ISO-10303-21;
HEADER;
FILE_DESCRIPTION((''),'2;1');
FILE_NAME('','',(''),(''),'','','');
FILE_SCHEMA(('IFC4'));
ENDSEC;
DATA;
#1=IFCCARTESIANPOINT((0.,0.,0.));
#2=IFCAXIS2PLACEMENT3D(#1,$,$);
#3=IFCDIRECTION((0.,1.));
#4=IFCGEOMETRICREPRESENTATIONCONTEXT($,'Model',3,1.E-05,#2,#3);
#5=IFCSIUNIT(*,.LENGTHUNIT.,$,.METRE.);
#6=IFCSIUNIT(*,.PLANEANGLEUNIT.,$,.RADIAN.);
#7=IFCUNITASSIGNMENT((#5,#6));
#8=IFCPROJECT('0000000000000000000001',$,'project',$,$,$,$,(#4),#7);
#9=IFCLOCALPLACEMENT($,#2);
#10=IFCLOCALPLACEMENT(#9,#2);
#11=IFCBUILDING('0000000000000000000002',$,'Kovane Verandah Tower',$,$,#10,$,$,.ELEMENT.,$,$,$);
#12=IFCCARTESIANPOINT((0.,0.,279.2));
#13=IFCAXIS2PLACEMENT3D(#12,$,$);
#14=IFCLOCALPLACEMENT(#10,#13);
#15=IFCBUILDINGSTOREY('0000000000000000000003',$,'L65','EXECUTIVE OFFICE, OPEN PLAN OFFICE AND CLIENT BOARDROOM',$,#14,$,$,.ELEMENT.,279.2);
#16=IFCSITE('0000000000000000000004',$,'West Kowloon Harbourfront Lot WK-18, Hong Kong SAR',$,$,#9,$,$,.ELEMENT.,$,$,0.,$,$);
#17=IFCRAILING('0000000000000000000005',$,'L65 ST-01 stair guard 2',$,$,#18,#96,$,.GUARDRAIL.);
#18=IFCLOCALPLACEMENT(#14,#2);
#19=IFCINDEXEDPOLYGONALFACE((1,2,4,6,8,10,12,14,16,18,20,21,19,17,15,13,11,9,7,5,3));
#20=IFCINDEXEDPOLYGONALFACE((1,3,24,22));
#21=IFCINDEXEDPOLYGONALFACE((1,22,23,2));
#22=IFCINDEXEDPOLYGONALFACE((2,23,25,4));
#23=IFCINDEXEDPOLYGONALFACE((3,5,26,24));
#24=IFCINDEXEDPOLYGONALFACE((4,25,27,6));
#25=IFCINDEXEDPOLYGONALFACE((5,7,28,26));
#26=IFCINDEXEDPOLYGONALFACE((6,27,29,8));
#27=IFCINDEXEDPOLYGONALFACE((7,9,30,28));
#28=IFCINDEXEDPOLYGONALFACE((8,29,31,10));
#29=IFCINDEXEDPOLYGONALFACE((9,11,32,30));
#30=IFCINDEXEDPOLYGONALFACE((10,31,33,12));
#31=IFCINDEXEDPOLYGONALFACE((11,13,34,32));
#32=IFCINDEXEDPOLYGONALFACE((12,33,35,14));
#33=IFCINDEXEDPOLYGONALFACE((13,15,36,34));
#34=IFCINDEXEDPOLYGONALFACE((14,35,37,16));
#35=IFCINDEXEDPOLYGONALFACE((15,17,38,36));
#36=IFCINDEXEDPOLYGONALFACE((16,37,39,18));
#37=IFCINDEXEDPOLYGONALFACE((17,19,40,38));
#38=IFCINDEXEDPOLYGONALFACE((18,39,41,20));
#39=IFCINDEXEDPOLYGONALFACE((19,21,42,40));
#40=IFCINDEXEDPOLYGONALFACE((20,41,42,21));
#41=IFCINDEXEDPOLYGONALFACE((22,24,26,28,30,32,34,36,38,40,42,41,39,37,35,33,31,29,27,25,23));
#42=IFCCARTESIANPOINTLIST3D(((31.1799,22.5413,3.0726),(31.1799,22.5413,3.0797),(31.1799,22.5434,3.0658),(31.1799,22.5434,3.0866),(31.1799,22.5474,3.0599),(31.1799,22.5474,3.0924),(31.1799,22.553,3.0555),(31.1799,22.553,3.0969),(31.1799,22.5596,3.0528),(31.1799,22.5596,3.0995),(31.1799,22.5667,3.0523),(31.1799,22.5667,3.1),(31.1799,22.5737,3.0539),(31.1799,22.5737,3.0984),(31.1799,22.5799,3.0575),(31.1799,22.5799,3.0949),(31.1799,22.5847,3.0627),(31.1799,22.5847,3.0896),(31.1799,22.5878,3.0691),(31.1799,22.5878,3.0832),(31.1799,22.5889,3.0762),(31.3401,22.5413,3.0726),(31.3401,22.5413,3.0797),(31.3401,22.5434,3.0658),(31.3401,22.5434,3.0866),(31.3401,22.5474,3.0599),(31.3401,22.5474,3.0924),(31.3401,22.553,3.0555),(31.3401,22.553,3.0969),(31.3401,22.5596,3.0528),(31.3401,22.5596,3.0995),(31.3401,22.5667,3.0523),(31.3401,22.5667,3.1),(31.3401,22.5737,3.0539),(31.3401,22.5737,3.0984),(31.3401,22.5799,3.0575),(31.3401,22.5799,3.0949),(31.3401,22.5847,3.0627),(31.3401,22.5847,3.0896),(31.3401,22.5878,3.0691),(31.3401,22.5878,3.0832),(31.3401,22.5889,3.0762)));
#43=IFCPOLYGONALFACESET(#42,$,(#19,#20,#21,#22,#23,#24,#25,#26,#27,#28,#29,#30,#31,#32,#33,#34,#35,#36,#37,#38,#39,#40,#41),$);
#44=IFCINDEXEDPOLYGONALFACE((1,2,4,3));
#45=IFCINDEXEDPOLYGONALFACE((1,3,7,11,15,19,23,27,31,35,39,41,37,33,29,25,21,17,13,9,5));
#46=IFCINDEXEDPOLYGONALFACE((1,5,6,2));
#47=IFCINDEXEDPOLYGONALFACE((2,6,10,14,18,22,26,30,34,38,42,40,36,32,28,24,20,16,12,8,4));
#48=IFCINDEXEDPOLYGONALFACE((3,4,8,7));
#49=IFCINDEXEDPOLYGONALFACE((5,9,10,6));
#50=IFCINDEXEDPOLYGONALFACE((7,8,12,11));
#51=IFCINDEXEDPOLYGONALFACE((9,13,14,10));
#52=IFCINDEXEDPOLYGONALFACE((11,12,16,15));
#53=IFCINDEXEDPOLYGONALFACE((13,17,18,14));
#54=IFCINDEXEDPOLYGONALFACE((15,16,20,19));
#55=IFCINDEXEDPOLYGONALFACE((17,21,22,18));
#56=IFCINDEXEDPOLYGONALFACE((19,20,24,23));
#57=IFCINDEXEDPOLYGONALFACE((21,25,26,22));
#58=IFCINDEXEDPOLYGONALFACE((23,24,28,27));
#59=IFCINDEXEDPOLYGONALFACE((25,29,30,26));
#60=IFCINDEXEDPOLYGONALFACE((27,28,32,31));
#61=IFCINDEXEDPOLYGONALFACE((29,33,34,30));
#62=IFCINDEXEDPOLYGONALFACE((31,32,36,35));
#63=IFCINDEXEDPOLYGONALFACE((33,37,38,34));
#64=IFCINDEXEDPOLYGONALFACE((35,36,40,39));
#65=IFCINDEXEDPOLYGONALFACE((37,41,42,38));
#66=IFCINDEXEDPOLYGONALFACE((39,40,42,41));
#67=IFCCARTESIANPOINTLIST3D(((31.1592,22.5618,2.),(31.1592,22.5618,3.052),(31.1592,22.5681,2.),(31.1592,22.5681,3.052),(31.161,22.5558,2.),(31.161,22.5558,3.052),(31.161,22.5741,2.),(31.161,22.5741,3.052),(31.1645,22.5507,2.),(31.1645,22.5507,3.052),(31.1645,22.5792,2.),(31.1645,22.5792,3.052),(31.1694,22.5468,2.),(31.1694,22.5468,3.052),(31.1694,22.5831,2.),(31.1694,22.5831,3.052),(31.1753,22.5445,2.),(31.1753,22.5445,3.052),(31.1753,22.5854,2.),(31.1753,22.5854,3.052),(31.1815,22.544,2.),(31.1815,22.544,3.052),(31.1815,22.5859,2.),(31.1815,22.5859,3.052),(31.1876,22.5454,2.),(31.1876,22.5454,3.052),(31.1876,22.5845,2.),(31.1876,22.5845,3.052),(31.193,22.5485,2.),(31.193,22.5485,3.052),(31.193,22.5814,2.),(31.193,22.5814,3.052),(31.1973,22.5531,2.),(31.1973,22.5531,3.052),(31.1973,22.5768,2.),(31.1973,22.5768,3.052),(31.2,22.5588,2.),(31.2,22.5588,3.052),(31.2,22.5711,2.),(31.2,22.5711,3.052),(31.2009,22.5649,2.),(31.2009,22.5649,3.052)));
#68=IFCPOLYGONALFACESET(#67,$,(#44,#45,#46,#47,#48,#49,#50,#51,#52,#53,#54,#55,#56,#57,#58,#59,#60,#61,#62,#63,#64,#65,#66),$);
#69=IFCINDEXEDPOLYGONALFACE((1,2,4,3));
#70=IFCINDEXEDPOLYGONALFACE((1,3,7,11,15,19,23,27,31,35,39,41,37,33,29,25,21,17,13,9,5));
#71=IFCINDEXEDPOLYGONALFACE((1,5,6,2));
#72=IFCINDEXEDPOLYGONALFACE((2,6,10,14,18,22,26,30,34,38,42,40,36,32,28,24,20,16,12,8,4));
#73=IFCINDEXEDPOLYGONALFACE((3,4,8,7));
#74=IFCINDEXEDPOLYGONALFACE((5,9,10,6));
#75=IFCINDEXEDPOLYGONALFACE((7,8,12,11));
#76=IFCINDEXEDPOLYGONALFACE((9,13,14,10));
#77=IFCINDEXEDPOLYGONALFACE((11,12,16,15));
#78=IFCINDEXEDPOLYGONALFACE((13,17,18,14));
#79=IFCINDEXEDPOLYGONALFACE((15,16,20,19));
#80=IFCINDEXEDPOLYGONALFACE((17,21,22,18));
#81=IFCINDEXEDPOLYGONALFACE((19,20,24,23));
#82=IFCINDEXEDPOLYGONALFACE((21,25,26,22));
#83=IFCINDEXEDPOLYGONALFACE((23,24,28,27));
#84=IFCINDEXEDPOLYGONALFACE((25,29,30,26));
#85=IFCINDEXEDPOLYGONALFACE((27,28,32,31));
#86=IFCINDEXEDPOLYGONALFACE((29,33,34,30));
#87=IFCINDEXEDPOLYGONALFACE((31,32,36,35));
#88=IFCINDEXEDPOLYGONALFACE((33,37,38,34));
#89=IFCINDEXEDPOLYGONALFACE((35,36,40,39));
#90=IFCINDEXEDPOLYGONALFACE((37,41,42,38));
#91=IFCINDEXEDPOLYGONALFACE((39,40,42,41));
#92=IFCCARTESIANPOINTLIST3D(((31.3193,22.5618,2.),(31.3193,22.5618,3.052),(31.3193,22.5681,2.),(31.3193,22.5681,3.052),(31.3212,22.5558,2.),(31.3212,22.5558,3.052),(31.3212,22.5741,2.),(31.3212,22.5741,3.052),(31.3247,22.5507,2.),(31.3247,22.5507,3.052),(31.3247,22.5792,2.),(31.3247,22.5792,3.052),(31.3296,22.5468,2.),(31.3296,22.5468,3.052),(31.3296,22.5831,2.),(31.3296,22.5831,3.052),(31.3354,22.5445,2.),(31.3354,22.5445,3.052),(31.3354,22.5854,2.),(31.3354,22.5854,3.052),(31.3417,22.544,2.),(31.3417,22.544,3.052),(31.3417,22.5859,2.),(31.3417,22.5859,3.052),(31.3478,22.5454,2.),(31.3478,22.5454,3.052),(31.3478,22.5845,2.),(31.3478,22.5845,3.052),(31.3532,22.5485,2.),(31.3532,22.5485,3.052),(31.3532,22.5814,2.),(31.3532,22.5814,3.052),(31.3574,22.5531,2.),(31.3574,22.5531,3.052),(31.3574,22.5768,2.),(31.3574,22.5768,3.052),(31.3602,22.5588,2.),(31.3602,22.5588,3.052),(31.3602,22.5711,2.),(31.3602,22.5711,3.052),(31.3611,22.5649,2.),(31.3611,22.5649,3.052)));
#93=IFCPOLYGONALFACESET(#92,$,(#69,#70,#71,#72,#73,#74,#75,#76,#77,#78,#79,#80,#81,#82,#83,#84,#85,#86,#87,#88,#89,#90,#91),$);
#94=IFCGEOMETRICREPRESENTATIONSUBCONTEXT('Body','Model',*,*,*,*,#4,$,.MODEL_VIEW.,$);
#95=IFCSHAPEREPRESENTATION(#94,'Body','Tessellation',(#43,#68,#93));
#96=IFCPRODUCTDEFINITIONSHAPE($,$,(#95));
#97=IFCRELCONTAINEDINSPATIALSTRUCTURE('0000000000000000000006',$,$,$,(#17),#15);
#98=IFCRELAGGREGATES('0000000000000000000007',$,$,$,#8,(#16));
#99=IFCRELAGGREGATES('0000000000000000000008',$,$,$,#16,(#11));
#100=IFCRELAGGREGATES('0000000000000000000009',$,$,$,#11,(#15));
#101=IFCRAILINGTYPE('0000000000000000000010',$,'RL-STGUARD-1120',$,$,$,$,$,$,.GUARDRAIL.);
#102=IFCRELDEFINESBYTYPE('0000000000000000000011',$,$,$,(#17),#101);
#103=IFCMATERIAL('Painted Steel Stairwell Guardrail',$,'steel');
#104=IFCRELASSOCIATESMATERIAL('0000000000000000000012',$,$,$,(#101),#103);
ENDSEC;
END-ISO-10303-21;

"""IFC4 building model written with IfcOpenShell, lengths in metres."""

from ifc_helpers import new_model, si_unit, direction, frame, origin, origin_2d, place, context, subcontext, project, spatial, circle, extrude, material, type_object, element, save


model = new_model("IFC4")

# Units and contexts
model_context = context("Model", 3, precision=1e-05, world=origin(), true_north=direction((0.0, 1.0)))
body_context = subcontext(model_context, "Body", "Model", "MODEL_VIEW")
ifc_project = project(units=[si_unit("LENGTHUNIT", "METRE"), si_unit("PLANEANGLEUNIT", "RADIAN")], contexts=[model_context])

# Site, building, storey
site_placement = place(None, origin())
site = spatial("IfcSite", under=ifc_project, at=site_placement, Name="West Kowloon Harbourfront Lot WK-18, Hong Kong SAR", CompositionType="ELEMENT", RefElevation=0.0)
building_placement = place(site_placement, origin())
building = spatial("IfcBuilding", under=site, at=building_placement, Name="Kovane Verandah Tower", CompositionType="ELEMENT")
storey_placement = place(building_placement, frame((0.0, 0.0, 279.2)))
storey = spatial("IfcBuildingStorey", under=building, at=storey_placement, Name="L65", Description="EXECUTIVE OFFICE, OPEN PLAN OFFICE AND CLIENT BOARDROOM", CompositionType="ELEMENT", Elevation=279.2)

# Railing
ifc_material_1 = material(Name="Painted Steel Stairwell Guardrail", Category="steel")
railing_type_1 = type_object("IfcRailingType", Name="RL-STGUARD-1120", PredefinedType="GUARDRAIL", material=ifc_material_1)
railing_1_placement = place(storey_placement, frame((31.1799, 22.5649, 2.0)))
element("IfcRailing", 1, at=railing_1_placement, inside=storey, type_object=railing_type_1, Name="L65 ST-01 stair guard 2", PredefinedType="GUARDRAIL", context=body_context, shape_type="SweptSolid", body=[
    extrude(circle(Radius=0.0239, at=origin_2d()), frame((0.0, 0.0, 1.0762), z_axis=(1.0, 0.0, 0.0), x_axis=(0.0, 1.0, 0.0)), (0.0, 0.0, 1.0), 0.1602),
    extrude(circle(Radius=0.021, at=origin_2d()), origin(), (0.0, 0.0, 1.0), 1.052),
    extrude(circle(Radius=0.021, at=origin_2d()), frame((0.1602, 0.0, 0.0)), (0.0, 0.0, 1.0), 1.052),
])

save(model, "model.ifc")
